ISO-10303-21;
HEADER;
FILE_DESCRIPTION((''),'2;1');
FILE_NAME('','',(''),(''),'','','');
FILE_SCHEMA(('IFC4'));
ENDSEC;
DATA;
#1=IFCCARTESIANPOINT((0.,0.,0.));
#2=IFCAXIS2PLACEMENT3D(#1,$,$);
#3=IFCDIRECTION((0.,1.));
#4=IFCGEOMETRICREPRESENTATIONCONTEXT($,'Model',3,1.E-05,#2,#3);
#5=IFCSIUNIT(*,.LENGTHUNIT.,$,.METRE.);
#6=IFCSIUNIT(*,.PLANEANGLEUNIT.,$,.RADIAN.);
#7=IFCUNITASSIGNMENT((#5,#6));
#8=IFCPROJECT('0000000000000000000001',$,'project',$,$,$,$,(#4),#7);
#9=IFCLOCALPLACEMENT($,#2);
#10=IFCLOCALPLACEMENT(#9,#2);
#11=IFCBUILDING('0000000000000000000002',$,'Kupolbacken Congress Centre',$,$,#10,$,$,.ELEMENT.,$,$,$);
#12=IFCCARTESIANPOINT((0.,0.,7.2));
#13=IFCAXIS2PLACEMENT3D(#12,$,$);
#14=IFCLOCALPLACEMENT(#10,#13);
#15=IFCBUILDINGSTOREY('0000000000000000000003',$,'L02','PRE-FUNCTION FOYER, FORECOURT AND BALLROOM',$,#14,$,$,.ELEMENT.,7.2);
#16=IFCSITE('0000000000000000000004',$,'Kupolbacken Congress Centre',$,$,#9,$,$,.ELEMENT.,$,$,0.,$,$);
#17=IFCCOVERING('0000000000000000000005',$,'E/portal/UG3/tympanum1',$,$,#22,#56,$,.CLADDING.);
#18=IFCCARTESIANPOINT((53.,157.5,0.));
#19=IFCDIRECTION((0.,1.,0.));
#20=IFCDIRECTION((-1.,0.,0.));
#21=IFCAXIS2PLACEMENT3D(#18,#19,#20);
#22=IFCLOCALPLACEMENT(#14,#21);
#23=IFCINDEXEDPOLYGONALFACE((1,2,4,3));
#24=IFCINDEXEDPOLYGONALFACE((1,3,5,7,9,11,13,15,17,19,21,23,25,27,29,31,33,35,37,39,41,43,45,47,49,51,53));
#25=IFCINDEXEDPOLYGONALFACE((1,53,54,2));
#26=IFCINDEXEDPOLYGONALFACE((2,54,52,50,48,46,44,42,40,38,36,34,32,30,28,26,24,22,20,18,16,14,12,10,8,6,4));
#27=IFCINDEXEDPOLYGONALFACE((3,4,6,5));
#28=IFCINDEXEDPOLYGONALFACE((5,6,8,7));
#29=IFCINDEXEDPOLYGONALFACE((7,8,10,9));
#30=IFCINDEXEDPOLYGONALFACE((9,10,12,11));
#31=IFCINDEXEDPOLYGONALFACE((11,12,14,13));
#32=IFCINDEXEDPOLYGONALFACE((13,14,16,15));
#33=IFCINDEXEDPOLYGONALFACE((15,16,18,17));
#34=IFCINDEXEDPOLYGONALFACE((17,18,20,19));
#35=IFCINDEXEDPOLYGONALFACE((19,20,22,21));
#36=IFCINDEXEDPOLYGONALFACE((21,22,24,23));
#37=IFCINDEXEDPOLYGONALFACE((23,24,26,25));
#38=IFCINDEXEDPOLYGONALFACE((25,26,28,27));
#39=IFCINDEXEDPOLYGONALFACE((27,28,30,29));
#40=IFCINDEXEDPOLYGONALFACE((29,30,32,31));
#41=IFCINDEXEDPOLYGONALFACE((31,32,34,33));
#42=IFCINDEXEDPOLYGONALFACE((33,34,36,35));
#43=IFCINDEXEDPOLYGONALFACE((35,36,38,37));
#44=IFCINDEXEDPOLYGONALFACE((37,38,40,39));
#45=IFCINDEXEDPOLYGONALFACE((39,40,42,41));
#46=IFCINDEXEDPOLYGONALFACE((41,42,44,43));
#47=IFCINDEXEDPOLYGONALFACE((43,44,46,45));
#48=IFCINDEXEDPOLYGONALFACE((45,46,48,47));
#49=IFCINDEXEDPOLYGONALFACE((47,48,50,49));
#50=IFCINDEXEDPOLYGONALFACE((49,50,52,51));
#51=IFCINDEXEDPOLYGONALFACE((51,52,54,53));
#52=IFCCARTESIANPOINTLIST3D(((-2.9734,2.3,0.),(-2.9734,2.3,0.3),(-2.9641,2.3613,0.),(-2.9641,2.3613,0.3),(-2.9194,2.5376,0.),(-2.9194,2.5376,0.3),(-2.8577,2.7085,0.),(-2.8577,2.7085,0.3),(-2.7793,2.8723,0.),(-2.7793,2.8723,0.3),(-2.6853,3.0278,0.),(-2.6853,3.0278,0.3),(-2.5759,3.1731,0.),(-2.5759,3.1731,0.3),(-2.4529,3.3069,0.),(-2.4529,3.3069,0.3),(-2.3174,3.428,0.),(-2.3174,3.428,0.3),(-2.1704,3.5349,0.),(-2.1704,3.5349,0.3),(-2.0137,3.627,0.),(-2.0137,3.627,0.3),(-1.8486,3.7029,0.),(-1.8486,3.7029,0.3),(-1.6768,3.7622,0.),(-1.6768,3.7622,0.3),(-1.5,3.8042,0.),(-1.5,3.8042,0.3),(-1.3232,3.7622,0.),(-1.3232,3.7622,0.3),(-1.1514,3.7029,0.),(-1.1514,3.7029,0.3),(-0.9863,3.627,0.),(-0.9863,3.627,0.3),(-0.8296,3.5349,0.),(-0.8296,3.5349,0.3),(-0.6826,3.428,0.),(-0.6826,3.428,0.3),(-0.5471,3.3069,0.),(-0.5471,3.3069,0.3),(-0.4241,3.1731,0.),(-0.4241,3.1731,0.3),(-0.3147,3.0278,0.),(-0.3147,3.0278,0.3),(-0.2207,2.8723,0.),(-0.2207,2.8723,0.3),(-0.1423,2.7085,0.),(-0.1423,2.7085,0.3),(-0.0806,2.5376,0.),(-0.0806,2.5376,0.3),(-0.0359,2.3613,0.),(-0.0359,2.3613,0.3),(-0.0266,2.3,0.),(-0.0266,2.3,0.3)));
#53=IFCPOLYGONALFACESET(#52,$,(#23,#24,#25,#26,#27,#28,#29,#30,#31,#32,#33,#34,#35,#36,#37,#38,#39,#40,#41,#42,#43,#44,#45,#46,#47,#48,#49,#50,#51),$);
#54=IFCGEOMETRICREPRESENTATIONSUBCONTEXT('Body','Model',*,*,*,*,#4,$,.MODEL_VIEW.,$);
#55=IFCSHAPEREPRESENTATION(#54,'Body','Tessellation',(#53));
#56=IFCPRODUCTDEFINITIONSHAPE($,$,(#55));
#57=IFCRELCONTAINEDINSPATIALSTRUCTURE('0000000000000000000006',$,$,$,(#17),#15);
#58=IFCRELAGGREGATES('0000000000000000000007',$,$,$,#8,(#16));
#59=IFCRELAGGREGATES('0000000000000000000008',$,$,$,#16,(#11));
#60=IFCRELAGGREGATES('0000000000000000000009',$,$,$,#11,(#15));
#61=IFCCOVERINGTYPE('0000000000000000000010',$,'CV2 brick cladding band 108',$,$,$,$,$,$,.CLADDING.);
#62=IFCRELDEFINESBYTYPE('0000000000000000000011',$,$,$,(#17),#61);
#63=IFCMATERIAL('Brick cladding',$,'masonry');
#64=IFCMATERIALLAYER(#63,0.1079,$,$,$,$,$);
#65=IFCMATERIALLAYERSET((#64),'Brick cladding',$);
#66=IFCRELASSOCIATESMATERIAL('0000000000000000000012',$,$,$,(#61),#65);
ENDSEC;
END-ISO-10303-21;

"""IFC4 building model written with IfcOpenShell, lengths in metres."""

from ifc_helpers import new_model, si_unit, direction, frame, origin, place, context, subcontext, project, spatial, polyline, outline, extrude, material, layer, layer_set, type_object, element, save


model = new_model("IFC4")

# Units and contexts
model_context = context("Model", 3, precision=1e-05, world=origin(), true_north=direction((0.0, 1.0)))
body_context = subcontext(model_context, "Body", "Model", "MODEL_VIEW")
ifc_project = project(units=[si_unit("LENGTHUNIT", "METRE"), si_unit("PLANEANGLEUNIT", "RADIAN")], contexts=[model_context])

# Site, building, storey
site_placement = place(None, origin())
site = spatial("IfcSite", under=ifc_project, at=site_placement, Name="Kupolbacken Congress Centre", CompositionType="ELEMENT", RefElevation=0.0)
building_placement = place(site_placement, origin())
building = spatial("IfcBuilding", under=site, at=building_placement, Name="Kupolbacken Congress Centre", CompositionType="ELEMENT")
storey_placement = place(building_placement, frame((0.0, 0.0, 7.2)))
storey = spatial("IfcBuildingStorey", under=building, at=storey_placement, Name="L02", Description="PRE-FUNCTION FOYER, FORECOURT AND BALLROOM", CompositionType="ELEMENT", Elevation=7.2)

# Covering
ifc_material_1 = material(Name="Brick cladding", Category="masonry")
ifc_layer_1 = layer(ifc_material_1, 0.1079)
ifc_layer_set_1 = layer_set([ifc_layer_1], Name="Brick cladding")
covering_type_1 = type_object("IfcCoveringType", Name="CV2 brick cladding band 108", PredefinedType="CLADDING", material=ifc_layer_set_1)
covering_1_placement = place(storey_placement, frame((53.0, 157.5, 0.0), z_axis=(0.0, 1.0, 0.0), x_axis=(-1.0, 0.0, 0.0)))
element("IfcCovering", 1, at=covering_1_placement, inside=storey, type_object=covering_type_1, Name="E/portal/UG3/tympanum1", PredefinedType="CLADDING", context=body_context, shape_type="SweptSolid", body=[
    extrude(outline(polyline([(-0.0359, 2.3613), (-0.0806, 2.5376), (-0.1423, 2.7085), (-0.2207, 2.8723), (-0.3147, 3.0278), (-0.4241, 3.1731), (-0.5471, 3.3069), (-0.6826, 3.428), (-0.8296, 3.5349), (-0.9863, 3.627), (-1.1514, 3.7029), (-1.3232, 3.7622), (-1.5, 3.8042), (-1.6768, 3.7622), (-1.8486, 3.7029), (-2.0137, 3.627), (-2.1704, 3.5349), (-2.3174, 3.428), (-2.4529, 3.3069), (-2.5759, 3.1731), (-2.6853, 3.0278), (-2.7793, 2.8723), (-2.8577, 2.7085), (-2.9194, 2.5376), (-2.9641, 2.3613), (-2.9734, 2.3), (-0.0266, 2.3), (-0.0359, 2.3613)])), origin(), (0.0, 0.0, 1.0), 0.3),
])

save(model, "model.ifc")
